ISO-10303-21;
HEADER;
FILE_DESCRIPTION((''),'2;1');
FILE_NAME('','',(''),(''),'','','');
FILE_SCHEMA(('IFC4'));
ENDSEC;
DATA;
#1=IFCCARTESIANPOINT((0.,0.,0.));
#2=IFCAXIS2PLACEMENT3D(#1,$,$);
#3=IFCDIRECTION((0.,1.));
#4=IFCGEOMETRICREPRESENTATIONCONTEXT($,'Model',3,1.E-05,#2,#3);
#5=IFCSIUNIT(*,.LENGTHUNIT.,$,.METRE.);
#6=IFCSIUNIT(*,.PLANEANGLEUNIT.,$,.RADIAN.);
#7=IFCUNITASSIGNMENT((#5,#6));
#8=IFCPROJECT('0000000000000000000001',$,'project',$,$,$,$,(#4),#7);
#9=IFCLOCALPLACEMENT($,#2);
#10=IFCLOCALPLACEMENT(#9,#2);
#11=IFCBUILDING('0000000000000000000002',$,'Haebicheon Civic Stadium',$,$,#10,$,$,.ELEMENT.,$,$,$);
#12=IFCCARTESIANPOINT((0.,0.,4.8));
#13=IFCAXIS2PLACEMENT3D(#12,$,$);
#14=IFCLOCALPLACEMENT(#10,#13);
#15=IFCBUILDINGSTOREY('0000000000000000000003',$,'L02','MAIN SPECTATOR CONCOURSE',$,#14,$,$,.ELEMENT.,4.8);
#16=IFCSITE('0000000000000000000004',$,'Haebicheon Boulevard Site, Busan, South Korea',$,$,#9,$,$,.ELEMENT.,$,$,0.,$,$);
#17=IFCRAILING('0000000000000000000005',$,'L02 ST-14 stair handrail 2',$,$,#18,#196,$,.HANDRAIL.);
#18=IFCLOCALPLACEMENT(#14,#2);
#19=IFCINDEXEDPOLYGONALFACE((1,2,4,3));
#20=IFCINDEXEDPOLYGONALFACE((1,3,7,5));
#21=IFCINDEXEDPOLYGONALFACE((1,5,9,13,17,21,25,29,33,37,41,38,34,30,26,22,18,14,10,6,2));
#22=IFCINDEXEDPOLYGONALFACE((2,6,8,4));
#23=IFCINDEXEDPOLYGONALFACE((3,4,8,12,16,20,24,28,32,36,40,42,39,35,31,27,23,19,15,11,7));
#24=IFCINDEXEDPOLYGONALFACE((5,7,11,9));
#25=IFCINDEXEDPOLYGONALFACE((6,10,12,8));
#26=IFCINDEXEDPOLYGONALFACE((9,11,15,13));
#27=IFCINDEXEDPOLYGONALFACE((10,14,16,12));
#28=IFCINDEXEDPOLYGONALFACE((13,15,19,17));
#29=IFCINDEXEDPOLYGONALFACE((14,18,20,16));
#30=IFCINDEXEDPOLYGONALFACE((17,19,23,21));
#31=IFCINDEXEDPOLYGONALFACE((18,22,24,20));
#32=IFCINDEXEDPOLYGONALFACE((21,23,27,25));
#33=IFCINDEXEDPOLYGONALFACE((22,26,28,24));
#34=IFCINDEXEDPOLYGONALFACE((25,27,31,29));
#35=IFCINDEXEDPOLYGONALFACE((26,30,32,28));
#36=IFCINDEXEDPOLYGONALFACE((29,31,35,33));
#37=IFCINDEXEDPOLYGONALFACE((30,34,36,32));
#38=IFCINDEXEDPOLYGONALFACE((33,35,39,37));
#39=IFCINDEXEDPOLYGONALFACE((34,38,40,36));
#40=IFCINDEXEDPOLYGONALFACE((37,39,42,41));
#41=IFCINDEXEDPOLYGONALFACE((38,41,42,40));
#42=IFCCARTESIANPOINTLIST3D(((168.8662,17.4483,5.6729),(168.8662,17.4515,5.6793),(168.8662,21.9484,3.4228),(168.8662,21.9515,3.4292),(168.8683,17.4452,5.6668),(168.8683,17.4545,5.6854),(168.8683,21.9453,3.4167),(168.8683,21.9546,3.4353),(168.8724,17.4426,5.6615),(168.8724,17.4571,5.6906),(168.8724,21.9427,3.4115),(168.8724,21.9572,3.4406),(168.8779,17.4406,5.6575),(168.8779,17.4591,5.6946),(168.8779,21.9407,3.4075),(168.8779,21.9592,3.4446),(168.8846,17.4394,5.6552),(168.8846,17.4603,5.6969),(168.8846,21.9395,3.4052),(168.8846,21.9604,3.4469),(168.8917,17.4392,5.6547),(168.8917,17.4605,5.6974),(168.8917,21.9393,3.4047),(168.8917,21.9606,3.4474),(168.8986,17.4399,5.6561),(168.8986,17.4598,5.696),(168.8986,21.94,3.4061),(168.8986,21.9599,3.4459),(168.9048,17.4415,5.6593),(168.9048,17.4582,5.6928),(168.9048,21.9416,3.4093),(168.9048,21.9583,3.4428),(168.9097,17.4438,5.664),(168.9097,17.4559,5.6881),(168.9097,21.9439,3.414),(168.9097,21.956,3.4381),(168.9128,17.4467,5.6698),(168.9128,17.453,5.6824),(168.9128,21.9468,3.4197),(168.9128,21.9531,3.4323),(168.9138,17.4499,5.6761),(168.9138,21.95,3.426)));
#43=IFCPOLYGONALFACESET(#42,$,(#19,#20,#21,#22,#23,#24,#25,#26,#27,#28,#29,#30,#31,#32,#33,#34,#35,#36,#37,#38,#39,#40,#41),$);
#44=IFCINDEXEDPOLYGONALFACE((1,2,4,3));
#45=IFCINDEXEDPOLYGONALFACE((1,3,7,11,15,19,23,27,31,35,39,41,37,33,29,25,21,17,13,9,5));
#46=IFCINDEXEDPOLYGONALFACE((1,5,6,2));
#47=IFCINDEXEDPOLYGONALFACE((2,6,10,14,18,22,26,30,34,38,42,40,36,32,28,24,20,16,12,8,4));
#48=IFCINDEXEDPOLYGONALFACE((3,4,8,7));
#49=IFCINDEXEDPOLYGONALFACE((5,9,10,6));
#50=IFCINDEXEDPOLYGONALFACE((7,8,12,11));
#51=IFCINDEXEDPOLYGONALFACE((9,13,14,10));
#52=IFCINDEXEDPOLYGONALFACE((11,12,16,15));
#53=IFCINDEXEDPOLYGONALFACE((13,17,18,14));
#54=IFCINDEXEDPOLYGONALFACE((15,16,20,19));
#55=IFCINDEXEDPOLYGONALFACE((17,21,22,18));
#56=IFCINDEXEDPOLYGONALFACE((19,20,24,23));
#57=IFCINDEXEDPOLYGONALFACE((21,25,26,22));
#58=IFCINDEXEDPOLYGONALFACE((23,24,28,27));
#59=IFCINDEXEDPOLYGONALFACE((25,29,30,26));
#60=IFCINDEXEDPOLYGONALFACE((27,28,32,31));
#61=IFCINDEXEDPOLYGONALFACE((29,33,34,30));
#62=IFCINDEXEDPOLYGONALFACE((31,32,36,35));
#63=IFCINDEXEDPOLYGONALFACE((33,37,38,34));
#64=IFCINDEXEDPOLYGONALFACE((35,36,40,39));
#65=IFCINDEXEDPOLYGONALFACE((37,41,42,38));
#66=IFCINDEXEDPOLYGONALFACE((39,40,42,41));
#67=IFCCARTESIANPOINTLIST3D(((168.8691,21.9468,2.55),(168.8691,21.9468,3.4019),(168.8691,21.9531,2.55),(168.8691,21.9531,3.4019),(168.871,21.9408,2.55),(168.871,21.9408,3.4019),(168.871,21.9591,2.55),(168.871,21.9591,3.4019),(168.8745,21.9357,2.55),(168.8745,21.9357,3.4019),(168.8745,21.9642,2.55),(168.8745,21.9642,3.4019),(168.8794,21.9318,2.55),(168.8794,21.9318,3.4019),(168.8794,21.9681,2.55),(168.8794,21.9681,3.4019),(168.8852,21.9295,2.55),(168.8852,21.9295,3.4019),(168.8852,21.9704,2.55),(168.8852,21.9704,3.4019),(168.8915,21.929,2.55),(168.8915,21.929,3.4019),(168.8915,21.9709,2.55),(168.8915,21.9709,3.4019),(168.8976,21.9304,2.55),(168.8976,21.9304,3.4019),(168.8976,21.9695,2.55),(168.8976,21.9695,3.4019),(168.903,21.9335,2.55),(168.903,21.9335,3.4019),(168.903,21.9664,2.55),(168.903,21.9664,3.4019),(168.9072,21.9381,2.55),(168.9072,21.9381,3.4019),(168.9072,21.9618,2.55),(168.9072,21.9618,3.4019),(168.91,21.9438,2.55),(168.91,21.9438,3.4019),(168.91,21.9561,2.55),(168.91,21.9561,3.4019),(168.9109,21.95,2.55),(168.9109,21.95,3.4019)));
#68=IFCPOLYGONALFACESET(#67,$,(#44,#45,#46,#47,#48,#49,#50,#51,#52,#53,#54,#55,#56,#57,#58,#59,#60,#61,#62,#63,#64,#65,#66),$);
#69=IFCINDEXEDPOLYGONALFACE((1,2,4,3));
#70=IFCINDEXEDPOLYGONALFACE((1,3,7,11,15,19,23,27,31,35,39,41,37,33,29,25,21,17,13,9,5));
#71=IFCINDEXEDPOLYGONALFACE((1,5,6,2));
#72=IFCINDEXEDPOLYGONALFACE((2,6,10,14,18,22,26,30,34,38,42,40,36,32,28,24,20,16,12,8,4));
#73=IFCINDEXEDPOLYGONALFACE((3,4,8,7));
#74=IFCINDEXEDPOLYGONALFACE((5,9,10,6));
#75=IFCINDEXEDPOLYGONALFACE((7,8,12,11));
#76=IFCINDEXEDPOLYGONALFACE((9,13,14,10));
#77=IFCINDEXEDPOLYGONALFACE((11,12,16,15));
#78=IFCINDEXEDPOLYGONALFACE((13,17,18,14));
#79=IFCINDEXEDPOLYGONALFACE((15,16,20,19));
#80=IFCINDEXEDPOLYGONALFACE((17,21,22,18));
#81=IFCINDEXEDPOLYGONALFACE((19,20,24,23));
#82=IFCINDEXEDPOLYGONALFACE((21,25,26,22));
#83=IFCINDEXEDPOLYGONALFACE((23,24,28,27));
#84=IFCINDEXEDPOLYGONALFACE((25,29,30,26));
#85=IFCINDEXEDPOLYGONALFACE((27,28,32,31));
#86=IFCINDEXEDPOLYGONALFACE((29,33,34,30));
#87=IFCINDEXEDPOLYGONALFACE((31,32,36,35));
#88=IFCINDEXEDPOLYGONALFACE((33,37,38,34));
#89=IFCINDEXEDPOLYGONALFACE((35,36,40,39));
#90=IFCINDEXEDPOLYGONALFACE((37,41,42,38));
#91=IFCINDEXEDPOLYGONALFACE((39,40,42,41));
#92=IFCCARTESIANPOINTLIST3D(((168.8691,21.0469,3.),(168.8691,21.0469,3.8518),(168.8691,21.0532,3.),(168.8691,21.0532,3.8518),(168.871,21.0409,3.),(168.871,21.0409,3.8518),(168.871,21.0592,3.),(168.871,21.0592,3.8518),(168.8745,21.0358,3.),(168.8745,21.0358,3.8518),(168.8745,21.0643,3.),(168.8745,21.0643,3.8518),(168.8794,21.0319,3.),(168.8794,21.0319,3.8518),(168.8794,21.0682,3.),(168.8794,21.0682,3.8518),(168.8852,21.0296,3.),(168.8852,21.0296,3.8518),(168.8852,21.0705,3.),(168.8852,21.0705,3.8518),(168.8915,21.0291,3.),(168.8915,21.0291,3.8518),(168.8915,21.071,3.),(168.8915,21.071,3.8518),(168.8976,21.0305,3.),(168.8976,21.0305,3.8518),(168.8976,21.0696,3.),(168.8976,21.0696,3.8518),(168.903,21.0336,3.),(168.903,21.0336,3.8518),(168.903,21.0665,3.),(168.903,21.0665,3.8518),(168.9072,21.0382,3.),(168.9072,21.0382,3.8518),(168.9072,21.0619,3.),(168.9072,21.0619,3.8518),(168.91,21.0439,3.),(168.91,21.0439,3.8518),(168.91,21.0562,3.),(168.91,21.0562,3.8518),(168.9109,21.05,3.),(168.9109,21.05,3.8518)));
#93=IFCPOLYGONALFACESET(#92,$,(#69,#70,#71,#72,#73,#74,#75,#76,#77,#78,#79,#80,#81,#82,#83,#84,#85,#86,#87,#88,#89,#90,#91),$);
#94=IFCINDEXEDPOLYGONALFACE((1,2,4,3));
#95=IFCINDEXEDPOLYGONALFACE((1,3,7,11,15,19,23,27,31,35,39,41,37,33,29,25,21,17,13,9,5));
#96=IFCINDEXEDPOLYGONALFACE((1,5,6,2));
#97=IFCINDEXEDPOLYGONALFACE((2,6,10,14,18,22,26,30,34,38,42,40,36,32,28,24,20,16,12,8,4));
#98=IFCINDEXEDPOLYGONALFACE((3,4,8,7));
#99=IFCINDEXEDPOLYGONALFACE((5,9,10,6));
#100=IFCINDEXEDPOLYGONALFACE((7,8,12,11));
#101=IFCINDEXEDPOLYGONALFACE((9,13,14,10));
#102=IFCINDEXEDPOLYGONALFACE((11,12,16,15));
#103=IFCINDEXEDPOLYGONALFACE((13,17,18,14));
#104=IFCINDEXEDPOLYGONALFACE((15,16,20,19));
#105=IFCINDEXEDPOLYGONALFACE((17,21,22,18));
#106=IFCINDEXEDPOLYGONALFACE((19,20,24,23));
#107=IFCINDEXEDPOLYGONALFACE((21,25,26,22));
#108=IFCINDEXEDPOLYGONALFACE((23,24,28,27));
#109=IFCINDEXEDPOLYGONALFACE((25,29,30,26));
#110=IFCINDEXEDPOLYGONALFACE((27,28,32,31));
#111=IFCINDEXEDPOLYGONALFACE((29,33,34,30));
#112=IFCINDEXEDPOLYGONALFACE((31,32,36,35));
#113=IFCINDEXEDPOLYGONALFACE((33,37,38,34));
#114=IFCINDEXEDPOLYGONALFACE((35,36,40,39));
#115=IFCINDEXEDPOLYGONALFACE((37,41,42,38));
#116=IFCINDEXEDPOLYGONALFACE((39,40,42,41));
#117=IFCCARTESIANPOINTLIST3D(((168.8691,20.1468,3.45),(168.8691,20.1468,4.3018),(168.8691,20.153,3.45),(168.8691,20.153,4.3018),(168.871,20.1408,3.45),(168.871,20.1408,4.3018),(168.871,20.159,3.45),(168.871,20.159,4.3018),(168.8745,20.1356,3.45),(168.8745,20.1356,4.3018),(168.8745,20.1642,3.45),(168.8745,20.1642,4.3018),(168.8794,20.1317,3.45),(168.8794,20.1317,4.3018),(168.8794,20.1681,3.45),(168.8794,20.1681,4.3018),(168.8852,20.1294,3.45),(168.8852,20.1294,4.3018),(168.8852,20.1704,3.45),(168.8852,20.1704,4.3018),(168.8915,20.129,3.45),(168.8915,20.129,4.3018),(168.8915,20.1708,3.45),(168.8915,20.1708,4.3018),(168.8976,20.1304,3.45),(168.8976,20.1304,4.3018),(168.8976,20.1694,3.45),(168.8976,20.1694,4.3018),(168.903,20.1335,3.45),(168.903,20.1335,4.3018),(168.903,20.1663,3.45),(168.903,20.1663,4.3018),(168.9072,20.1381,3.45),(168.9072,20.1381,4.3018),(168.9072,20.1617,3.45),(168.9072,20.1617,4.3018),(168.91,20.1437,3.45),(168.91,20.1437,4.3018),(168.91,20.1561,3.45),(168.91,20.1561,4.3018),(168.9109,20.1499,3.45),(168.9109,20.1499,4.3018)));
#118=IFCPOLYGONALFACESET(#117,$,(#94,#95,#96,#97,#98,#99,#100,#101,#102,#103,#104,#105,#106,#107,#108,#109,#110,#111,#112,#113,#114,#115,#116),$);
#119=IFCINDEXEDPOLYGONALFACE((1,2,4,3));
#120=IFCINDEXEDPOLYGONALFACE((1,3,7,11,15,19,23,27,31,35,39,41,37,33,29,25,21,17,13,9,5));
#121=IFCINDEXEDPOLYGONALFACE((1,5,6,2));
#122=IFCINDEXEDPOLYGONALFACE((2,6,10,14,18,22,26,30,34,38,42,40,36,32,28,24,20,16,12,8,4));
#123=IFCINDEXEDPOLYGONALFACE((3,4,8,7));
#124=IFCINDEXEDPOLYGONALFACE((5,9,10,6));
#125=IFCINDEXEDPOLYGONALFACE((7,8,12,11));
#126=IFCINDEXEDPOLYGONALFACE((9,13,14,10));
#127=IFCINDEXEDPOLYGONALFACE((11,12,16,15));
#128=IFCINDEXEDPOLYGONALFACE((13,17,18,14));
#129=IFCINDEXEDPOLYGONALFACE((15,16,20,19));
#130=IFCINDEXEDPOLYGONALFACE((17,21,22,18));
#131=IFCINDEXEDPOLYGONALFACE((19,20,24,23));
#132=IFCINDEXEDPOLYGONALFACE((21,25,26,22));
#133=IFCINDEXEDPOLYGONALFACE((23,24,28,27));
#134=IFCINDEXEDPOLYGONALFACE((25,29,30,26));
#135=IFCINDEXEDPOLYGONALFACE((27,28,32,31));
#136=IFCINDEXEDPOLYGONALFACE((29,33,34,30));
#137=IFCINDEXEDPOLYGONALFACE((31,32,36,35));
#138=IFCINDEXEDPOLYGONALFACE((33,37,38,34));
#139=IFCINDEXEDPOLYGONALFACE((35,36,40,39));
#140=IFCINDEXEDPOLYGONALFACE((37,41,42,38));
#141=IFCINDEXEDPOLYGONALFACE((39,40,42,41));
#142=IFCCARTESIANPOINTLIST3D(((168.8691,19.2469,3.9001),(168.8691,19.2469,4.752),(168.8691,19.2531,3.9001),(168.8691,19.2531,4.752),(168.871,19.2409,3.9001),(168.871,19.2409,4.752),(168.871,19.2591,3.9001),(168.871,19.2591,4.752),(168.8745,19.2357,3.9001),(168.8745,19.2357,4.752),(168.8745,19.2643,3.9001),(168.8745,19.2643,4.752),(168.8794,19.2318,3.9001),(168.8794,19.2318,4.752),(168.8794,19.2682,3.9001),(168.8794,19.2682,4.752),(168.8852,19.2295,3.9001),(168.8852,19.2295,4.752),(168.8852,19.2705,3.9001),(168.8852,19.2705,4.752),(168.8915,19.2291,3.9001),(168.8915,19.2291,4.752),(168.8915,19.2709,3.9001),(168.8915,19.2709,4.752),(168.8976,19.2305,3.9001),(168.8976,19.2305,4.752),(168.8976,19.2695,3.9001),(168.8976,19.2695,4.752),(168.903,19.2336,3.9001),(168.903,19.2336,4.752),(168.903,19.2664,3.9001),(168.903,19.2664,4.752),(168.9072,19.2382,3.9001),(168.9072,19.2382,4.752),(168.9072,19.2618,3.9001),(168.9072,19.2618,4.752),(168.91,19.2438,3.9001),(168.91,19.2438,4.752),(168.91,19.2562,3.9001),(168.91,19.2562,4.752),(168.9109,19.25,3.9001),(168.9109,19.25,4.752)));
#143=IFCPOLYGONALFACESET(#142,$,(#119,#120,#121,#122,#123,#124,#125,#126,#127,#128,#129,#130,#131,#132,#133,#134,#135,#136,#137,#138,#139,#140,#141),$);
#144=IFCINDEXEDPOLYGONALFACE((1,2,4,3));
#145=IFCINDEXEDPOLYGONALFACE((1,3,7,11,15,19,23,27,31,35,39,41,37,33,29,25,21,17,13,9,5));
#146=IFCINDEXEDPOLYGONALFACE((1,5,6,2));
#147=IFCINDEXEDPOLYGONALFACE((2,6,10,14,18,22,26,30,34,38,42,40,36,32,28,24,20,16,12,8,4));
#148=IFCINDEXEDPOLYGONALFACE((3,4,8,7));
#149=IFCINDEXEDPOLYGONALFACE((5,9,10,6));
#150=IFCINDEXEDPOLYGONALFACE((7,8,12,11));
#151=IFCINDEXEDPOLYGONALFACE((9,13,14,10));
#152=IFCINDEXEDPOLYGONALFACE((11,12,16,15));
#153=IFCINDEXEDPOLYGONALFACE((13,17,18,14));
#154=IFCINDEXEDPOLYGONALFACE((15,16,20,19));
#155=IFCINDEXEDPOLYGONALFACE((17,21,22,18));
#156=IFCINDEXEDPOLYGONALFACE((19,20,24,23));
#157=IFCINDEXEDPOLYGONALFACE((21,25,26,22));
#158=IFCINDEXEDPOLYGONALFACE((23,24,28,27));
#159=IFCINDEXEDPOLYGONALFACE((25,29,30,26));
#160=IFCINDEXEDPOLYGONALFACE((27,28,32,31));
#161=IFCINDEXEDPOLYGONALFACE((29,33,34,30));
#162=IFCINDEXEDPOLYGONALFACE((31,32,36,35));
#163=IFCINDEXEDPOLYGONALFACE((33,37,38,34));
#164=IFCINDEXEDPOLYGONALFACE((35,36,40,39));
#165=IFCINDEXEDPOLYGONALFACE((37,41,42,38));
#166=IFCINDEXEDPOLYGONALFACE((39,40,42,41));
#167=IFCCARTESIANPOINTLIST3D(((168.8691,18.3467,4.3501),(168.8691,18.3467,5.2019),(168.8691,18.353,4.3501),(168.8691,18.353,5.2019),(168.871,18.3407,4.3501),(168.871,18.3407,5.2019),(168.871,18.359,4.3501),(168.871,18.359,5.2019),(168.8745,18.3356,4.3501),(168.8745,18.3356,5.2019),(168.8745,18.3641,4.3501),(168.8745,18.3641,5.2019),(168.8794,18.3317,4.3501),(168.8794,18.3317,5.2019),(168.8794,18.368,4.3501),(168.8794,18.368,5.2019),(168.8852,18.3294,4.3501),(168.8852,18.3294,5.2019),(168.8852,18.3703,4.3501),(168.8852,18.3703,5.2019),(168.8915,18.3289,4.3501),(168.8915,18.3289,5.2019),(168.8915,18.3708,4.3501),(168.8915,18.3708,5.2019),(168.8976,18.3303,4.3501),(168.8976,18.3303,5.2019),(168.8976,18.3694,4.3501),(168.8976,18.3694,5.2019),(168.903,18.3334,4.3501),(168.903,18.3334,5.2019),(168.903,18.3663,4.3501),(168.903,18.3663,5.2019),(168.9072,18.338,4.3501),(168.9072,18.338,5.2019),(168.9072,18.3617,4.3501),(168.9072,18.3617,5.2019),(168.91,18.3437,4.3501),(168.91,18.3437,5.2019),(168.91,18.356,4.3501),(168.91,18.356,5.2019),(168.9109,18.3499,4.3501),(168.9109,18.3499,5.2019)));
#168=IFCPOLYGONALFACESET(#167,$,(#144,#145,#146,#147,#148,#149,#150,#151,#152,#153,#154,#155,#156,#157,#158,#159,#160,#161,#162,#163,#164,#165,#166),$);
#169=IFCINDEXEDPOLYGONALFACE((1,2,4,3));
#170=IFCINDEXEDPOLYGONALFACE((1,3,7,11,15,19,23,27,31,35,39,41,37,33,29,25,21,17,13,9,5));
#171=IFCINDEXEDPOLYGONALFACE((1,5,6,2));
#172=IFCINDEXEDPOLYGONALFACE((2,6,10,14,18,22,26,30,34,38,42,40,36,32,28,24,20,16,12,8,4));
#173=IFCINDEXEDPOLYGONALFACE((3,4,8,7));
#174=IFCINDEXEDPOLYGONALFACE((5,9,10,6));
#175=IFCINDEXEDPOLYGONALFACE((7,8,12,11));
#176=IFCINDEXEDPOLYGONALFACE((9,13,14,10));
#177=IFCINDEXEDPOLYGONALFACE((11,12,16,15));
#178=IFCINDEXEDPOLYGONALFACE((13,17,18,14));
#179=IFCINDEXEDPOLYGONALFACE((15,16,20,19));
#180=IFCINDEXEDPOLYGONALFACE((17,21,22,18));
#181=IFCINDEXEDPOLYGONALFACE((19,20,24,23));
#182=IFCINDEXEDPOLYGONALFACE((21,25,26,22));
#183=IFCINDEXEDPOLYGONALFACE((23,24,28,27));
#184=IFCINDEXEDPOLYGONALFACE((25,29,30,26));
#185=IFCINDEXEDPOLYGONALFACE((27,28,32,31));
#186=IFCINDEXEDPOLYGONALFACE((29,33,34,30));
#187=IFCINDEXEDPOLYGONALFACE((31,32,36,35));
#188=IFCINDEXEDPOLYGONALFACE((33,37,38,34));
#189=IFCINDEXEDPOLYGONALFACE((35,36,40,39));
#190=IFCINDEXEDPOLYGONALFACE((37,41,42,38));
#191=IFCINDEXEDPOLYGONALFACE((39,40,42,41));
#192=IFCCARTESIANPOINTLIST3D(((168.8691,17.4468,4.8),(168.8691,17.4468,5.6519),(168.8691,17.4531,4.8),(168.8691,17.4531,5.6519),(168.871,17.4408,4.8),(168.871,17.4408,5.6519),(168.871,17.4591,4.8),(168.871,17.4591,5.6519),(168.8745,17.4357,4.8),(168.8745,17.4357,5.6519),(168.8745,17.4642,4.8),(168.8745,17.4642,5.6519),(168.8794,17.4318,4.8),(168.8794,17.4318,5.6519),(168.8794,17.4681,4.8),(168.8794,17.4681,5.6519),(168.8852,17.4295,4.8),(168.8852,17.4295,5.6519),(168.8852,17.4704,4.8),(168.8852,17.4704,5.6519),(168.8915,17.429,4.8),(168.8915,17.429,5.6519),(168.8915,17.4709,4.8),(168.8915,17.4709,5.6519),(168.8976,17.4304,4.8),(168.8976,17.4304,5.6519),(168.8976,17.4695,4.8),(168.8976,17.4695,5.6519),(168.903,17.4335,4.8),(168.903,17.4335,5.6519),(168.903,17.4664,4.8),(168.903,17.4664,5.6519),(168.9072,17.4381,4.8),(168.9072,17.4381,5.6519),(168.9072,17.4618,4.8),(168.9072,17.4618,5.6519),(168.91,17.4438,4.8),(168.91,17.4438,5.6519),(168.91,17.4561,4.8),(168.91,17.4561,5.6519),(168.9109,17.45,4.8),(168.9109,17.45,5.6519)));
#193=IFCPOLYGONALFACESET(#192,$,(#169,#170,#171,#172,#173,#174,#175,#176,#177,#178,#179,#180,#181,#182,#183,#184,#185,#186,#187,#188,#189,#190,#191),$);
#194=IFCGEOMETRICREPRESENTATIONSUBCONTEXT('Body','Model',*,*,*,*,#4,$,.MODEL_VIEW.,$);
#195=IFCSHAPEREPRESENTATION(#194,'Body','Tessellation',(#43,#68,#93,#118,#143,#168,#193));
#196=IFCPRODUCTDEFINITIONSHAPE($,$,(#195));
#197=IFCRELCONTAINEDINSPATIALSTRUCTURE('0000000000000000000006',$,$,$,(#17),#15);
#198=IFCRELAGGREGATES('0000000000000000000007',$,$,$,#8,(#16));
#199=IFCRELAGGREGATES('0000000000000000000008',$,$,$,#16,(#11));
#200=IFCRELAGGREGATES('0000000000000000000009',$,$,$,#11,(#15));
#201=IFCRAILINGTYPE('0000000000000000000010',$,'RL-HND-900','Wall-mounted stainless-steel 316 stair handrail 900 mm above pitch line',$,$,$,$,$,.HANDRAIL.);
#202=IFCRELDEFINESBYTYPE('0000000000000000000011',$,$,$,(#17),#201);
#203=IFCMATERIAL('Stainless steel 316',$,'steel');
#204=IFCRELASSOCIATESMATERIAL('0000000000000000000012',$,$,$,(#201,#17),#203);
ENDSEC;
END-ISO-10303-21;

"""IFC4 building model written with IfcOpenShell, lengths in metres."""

from ifc_helpers import new_model, si_unit, direction, frame, origin, origin_2d, place, context, subcontext, project, spatial, circle, extrude, material, type_object, element, save


model = new_model("IFC4")

# Units and contexts
model_context = context("Model", 3, precision=1e-05, world=origin(), true_north=direction((0.0, 1.0)))
body_context = subcontext(model_context, "Body", "Model", "MODEL_VIEW")
ifc_project = project(units=[si_unit("LENGTHUNIT", "METRE"), si_unit("PLANEANGLEUNIT", "RADIAN")], contexts=[model_context])

# Site, building, storey
site_placement = place(None, origin())
site = spatial("IfcSite", under=ifc_project, at=site_placement, Name="Haebicheon Boulevard Site, Busan, South Korea", CompositionType="ELEMENT", RefElevation=0.0)
building_placement = place(site_placement, origin())
building = spatial("IfcBuilding", under=site, at=building_placement, Name="Haebicheon Civic Stadium", CompositionType="ELEMENT")
storey_placement = place(building_placement, frame((0.0, 0.0, 4.8)))
storey = spatial("IfcBuildingStorey", under=building, at=storey_placement, Name="L02", Description="MAIN SPECTATOR CONCOURSE", CompositionType="ELEMENT", Elevation=4.8)

# Railing
ifc_material_1 = material(Name="Stainless steel 316", Category="steel")
railing_type_1 = type_object("IfcRailingType", Name="RL-HND-900", Description="Wall-mounted stainless-steel 316 stair handrail 900 mm above pitch line", PredefinedType="HANDRAIL", material=ifc_material_1)
railing_1_placement = place(storey_placement, frame((168.8899, 21.95, 2.55)))
element("IfcRailing", 1, at=railing_1_placement, inside=storey, type_object=railing_type_1, material=ifc_material_1, Name="L02 ST-14 stair handrail 2", PredefinedType="HANDRAIL", context=body_context, shape_type="SweptSolid", body=[
    extrude(circle(Radius=0.0239, at=origin_2d()), frame((0.0, 0.0, 0.876), z_axis=(0.0, -0.894427, 0.447214), x_axis=(1.0, 0.0, 0.0)), (0.0, 0.0, 1.0), 5.0312),
    extrude(circle(Radius=0.021, at=origin_2d()), origin(), (0.0, 0.0, 1.0), 0.8518),
    extrude(circle(Radius=0.021, at=origin_2d()), frame((0.0, -0.8999, 0.45)), (0.0, 0.0, 1.0), 0.8518),
    extrude(circle(Radius=0.021, at=origin_2d()), frame((0.0, -1.8, 0.8999)), (0.0, 0.0, 1.0), 0.8518),
    extrude(circle(Radius=0.021, at=origin_2d()), frame((0.0, -2.7, 1.3501)), (0.0, 0.0, 1.0), 0.8518),
    extrude(circle(Radius=0.021, at=origin_2d()), frame((0.0, -3.6001, 1.8)), (0.0, 0.0, 1.0), 0.8518),
    extrude(circle(Radius=0.021, at=origin_2d()), frame((0.0, -4.5, 2.25)), (0.0, 0.0, 1.0), 0.8518),
])

save(model, "model.ifc")
